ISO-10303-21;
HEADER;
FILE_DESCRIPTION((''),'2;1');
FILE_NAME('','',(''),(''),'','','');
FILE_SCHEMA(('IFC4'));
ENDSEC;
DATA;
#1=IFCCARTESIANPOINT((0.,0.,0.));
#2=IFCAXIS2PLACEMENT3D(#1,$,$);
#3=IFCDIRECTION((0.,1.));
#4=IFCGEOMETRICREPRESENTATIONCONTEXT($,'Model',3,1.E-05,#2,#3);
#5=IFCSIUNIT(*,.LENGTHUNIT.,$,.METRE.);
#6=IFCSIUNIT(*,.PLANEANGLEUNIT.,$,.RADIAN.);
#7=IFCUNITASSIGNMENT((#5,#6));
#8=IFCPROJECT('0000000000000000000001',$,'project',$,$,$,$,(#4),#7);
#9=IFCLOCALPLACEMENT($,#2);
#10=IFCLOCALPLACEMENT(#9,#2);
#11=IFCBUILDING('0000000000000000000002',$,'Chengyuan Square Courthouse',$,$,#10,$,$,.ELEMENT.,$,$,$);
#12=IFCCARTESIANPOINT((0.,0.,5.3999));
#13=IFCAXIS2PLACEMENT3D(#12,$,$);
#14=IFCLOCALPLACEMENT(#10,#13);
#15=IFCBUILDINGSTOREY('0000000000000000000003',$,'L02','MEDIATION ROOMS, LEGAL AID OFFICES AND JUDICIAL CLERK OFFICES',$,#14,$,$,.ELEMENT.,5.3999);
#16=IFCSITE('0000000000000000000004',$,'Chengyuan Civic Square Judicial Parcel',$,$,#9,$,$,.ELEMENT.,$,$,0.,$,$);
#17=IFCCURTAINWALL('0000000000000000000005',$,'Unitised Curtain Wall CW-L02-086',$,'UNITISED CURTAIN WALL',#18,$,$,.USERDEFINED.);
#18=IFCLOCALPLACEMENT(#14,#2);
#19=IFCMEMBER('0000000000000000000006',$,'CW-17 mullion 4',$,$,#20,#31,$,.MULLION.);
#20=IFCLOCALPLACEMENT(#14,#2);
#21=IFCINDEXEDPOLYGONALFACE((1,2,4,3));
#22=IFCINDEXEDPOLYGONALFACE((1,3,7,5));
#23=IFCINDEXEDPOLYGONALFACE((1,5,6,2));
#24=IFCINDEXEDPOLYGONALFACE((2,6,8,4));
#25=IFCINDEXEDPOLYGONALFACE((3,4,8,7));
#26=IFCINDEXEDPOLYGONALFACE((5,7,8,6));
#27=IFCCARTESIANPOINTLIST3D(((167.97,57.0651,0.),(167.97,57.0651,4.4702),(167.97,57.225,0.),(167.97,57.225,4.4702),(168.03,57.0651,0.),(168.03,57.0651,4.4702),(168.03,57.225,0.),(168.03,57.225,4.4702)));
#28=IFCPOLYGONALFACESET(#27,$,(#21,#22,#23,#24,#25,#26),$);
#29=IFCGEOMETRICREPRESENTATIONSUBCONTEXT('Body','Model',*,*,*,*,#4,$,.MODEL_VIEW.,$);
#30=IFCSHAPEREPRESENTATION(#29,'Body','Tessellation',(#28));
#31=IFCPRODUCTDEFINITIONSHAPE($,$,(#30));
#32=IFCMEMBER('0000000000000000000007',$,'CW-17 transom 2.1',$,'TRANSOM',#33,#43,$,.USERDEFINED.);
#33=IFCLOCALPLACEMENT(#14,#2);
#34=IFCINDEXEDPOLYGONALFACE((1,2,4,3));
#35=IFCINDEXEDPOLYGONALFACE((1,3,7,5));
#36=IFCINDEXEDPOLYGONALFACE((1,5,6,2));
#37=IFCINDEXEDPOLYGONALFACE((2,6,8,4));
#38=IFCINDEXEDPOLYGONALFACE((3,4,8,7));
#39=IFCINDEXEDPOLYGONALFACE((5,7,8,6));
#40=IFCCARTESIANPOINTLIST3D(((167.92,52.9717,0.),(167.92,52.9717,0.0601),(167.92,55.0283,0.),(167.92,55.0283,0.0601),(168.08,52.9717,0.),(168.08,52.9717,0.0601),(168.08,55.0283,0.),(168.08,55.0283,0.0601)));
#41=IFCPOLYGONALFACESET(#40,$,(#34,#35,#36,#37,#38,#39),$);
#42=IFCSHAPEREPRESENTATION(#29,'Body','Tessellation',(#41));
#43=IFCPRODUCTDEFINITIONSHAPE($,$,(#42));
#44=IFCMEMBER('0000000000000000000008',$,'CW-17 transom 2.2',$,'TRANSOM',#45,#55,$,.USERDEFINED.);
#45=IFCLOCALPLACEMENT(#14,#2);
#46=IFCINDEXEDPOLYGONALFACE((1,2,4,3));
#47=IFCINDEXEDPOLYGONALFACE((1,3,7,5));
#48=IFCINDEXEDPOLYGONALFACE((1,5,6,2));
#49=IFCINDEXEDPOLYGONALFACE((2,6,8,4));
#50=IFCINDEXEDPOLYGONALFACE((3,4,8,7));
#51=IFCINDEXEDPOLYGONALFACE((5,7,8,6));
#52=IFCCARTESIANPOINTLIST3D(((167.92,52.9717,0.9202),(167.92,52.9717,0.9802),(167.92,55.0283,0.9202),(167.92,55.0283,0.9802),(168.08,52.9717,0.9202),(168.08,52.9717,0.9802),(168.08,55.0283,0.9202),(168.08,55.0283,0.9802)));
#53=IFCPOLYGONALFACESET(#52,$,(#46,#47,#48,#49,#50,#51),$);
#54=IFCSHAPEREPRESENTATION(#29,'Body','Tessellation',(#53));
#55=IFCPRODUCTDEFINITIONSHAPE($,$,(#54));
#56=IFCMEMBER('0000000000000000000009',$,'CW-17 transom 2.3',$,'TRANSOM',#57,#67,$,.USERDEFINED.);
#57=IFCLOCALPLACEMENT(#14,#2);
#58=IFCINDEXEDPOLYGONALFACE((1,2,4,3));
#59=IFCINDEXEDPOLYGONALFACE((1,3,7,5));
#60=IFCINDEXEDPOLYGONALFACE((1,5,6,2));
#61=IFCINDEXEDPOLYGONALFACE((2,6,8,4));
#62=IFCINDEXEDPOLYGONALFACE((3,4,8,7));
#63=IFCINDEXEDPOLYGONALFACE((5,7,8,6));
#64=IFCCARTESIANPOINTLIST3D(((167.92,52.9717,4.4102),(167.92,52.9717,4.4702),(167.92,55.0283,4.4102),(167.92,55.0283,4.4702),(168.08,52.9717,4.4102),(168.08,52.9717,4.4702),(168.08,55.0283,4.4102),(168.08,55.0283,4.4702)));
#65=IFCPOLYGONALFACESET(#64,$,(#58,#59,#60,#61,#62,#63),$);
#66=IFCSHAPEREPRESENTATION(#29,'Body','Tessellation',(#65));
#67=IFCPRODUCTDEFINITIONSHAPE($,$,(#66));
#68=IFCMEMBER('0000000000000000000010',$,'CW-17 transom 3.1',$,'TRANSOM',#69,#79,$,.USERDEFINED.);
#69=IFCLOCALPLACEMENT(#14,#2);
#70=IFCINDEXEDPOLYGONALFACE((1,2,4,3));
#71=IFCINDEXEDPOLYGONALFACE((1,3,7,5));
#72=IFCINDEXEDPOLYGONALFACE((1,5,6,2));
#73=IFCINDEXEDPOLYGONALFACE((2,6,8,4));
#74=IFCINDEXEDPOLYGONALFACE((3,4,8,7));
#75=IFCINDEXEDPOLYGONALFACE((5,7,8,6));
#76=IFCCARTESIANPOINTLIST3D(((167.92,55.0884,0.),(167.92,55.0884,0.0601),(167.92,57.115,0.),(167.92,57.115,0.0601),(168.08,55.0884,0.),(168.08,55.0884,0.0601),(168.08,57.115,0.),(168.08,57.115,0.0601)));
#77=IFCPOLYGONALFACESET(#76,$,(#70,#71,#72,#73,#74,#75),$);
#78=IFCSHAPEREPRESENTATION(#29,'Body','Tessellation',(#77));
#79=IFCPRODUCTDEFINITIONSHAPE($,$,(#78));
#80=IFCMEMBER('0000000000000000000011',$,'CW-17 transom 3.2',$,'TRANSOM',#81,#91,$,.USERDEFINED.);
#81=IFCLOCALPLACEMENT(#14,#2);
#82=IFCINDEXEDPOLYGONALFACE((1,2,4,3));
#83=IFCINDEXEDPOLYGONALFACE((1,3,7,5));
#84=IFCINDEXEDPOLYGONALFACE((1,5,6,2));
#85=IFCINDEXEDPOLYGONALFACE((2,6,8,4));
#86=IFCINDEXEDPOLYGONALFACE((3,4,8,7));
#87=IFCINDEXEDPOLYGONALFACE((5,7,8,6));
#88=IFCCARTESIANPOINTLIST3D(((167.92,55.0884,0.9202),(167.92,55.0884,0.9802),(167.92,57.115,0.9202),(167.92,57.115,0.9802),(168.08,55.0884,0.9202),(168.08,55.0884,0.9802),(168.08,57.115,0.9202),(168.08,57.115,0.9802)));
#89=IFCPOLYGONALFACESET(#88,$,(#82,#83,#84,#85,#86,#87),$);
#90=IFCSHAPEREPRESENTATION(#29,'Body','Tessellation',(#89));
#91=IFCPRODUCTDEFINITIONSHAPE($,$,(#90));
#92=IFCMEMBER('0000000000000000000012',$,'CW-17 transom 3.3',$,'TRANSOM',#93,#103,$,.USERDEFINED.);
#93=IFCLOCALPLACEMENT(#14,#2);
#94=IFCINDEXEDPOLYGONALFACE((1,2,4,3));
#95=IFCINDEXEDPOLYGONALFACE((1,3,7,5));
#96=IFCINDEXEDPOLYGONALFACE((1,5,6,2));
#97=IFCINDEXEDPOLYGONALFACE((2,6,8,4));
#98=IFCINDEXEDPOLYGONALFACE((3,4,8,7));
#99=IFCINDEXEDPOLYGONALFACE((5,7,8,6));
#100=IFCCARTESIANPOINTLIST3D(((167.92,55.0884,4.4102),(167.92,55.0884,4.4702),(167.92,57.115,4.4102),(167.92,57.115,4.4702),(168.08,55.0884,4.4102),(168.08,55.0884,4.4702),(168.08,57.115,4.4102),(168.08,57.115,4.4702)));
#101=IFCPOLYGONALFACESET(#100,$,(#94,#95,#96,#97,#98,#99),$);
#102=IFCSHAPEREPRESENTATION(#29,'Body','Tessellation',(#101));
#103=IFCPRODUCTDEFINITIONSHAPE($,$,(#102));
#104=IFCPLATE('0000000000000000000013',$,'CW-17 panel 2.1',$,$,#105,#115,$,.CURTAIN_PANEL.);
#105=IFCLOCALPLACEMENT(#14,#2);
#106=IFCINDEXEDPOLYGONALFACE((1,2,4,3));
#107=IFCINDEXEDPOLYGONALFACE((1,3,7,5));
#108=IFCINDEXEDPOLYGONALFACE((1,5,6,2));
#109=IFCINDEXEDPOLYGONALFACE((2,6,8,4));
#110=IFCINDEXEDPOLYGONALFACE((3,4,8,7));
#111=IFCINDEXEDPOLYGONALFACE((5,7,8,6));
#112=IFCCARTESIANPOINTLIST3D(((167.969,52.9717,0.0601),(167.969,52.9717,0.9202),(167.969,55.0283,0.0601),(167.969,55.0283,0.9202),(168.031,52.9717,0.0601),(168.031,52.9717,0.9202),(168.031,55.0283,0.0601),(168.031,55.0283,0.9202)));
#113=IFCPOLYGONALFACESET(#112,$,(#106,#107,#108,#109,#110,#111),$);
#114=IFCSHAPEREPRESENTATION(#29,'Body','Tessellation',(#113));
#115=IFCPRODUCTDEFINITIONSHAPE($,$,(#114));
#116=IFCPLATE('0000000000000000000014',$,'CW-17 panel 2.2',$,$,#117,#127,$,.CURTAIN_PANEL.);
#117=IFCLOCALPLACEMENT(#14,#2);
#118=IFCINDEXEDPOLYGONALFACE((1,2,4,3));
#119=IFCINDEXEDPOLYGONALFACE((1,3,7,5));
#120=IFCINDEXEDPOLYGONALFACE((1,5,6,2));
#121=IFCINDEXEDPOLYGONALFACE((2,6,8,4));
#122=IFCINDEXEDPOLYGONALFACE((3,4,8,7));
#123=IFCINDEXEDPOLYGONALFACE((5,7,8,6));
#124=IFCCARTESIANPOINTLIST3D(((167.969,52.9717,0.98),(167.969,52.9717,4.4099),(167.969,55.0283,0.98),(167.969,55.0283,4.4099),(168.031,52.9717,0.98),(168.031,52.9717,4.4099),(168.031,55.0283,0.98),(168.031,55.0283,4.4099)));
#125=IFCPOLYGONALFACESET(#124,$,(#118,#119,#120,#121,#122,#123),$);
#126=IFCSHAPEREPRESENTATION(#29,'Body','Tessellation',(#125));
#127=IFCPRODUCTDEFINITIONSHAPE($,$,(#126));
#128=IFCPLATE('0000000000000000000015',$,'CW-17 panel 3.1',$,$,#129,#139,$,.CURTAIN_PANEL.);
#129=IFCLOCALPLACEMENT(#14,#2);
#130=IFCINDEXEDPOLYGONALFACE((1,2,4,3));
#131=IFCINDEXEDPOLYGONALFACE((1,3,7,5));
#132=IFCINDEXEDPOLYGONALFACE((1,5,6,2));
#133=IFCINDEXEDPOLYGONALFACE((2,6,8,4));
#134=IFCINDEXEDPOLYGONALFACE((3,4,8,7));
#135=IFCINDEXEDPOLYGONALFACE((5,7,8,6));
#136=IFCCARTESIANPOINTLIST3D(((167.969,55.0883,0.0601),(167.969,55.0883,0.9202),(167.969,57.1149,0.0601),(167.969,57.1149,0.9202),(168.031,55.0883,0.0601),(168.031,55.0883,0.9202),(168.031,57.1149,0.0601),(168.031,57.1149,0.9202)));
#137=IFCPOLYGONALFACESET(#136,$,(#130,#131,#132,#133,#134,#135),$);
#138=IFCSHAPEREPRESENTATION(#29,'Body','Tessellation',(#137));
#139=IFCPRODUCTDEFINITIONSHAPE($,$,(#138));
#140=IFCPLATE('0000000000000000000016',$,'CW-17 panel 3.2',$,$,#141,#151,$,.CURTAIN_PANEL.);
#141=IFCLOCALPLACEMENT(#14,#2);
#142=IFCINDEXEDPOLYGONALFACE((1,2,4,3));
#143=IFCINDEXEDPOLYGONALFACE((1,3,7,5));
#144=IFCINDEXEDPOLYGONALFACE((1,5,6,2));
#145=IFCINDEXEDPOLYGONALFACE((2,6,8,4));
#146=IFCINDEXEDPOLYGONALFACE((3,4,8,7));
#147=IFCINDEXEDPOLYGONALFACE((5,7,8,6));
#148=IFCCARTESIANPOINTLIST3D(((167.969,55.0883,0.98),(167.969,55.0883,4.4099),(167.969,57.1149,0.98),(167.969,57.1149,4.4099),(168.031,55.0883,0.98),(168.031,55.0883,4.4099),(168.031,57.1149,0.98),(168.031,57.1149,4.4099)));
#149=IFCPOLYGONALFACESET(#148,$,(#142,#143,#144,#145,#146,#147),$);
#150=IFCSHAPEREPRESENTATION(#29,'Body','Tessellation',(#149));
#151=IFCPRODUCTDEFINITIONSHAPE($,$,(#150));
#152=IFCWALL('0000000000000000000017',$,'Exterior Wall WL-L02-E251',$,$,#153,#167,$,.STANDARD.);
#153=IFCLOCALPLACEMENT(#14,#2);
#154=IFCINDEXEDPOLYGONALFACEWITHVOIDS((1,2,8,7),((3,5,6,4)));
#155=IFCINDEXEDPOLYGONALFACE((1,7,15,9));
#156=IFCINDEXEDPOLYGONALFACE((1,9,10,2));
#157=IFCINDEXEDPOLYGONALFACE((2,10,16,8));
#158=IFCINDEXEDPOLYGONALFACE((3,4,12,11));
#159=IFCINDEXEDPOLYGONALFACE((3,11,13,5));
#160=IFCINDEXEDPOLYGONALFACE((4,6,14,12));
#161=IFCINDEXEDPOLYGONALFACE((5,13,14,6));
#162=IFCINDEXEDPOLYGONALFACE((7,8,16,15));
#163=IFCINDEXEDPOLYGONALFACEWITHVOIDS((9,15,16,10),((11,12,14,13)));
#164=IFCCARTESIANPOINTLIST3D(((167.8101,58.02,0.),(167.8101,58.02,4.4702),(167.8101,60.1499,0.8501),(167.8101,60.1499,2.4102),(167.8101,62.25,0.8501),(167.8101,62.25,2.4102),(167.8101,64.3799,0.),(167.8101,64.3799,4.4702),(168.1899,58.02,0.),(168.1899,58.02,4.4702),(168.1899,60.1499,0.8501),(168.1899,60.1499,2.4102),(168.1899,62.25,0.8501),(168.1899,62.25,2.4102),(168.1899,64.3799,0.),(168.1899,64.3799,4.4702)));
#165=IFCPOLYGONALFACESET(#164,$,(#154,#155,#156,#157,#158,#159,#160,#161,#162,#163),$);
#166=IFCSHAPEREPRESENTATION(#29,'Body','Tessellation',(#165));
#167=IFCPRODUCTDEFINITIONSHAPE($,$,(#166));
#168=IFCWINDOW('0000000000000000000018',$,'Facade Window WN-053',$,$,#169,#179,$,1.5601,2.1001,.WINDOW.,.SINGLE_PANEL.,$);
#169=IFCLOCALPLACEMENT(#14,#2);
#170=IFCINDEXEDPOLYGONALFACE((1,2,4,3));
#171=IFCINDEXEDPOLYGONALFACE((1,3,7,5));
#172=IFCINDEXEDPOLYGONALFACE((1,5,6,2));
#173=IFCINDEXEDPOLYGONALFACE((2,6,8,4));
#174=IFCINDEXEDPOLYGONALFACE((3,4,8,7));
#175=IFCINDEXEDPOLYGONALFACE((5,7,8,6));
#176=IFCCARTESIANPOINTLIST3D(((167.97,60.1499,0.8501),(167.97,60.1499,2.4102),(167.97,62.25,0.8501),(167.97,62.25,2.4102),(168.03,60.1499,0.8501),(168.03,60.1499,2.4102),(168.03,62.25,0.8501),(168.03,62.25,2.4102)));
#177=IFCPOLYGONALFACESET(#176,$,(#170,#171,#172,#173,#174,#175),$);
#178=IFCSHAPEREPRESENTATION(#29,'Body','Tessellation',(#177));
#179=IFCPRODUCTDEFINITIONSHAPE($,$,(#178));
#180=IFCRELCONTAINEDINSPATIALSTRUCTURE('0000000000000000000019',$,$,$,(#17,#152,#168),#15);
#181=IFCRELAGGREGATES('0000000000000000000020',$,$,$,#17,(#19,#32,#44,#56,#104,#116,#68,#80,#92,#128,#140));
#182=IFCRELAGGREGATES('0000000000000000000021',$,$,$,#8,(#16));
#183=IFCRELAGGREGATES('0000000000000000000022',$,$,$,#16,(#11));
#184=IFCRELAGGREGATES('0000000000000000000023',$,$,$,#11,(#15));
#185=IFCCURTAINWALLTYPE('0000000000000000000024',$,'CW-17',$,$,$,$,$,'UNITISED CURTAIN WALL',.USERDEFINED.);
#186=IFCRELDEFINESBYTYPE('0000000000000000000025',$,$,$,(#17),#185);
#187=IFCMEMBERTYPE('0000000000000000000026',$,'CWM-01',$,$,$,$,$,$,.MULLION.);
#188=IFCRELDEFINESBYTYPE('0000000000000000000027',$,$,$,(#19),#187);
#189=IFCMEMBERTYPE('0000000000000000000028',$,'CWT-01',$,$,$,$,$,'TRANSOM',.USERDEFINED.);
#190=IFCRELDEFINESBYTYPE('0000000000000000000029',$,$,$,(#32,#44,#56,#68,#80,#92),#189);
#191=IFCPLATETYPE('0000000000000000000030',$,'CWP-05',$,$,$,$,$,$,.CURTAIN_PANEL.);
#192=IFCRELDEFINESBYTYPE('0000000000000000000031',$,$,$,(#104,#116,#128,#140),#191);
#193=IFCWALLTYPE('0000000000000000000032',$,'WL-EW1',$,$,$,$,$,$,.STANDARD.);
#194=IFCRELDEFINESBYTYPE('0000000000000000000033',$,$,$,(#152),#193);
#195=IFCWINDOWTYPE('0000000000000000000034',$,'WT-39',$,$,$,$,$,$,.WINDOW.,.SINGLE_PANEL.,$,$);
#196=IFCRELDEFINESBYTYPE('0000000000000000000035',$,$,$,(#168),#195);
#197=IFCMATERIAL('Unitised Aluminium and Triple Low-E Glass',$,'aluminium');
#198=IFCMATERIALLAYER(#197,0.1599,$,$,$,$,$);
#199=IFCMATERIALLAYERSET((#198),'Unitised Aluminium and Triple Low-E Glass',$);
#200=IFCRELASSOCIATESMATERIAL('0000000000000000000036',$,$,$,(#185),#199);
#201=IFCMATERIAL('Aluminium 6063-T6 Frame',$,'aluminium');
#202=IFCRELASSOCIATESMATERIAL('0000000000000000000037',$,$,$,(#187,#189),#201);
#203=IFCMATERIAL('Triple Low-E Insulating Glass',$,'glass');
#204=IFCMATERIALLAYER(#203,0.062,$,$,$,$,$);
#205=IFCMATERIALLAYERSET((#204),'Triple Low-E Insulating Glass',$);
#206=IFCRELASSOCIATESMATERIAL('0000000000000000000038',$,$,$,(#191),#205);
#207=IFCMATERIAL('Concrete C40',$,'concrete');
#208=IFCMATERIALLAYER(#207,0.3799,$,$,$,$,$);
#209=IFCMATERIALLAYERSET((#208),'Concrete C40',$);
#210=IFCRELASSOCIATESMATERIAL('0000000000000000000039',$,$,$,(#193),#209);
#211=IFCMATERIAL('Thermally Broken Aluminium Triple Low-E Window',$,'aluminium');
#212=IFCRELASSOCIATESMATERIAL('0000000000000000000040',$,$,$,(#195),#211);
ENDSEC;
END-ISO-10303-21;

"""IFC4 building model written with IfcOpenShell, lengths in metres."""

from ifc_helpers import new_model, si_unit, direction, frame, frame_2d, origin, origin_2d, place, context, subcontext, project, spatial, rectangle, extrude, material, layer, layer_set, material_profile, profile_set, type_object, element, fill, aggregate, save


model = new_model("IFC4")

# Units and contexts
model_context = context("Model", 3, precision=1e-05, world=origin(), true_north=direction((0.0, 1.0)))
body_context = subcontext(model_context, "Body", "Model", "MODEL_VIEW")
ifc_project = project(units=[si_unit("LENGTHUNIT", "METRE"), si_unit("PLANEANGLEUNIT", "RADIAN")], contexts=[model_context])

# Site, building, storey
site_placement = place(None, origin())
site = spatial("IfcSite", under=ifc_project, at=site_placement, Name="Chengyuan Civic Square Judicial Parcel", CompositionType="ELEMENT", RefElevation=0.0)
building_placement = place(site_placement, origin())
building = spatial("IfcBuilding", under=site, at=building_placement, Name="Chengyuan Square Courthouse", CompositionType="ELEMENT")
storey_placement = place(building_placement, frame((0.0, 0.0, 5.3999)))
storey = spatial("IfcBuildingStorey", under=building, at=storey_placement, Name="L02", Description="MEDIATION ROOMS, LEGAL AID OFFICES AND JUDICIAL CLERK OFFICES", CompositionType="ELEMENT", Elevation=5.3999)

# Shared definitions
ifc_material_1 = material(Name="Concrete C40", Category="concrete")

# Curtain wall, members, plates
ifc_material_2 = material(Name="Unitised Aluminium and Triple Low-E Glass", Category="aluminium")
ifc_layer_1 = layer(ifc_material_2, 0.1599)
ifc_layer_set_1 = layer_set([ifc_layer_1], Name="Unitised Aluminium and Triple Low-E Glass")
curtain_wall_type = type_object("IfcCurtainWallType", Name="CW-17", ElementType="UNITISED CURTAIN WALL", PredefinedType="USERDEFINED", material=ifc_layer_set_1)
curtain_wall_placement = place(storey_placement, origin())
curtain_wall = element("IfcCurtainWall", 1, at=curtain_wall_placement, inside=storey, type_object=curtain_wall_type, Name="Unitised Curtain Wall CW-L02-086", ObjectType="UNITISED CURTAIN WALL", PredefinedType="USERDEFINED")
ifc_material_3 = material(Name="Aluminium 6063-T6 Frame", Category="aluminium")
ifc_material_profile_1 = material_profile(ifc_material_3, rectangle(XDim=0.0601, YDim=0.1599, at=origin_2d()), Name="CW-MUL-60x160")
ifc_profile_set_1 = profile_set([ifc_material_profile_1], Name="Aluminium 6063-T6 Frame")
member_type_1 = type_object("IfcMemberType", Name="CWM-01", PredefinedType="MULLION", material=ifc_profile_set_1)
member_1_placement = place(storey_placement, frame((168.0, 57.145, 0.0), z_axis=(0.0, 0.0, 1.0), x_axis=(-1.0, 0.0, 0.0)))
member_1 = element("IfcMember", 2, at=member_1_placement, type_object=member_type_1, Name="CW-17 mullion 4", PredefinedType="MULLION", context=body_context, shape_type="SweptSolid", body=[
    extrude(rectangle(XDim=0.0601, YDim=0.1599, at=origin_2d()), origin(), (0.0, 0.0, 1.0), 4.4702),
])
ifc_material_profile_2 = material_profile(ifc_material_3, rectangle(XDim=0.1599, YDim=0.0601, at=origin_2d()), Name="CW-TRN-60x120")
ifc_profile_set_2 = profile_set([ifc_material_profile_2], Name="Aluminium 6063-T6 Frame")
member_type_2 = type_object("IfcMemberType", Name="CWT-01", ElementType="TRANSOM", PredefinedType="USERDEFINED", material=ifc_profile_set_2)
member_2_placement = place(storey_placement, frame((168.0, 52.9717, 0.03), z_axis=(0.0, 1.0, 0.0), x_axis=(-1.0, 0.0, 0.0)))
member_2 = element("IfcMember", 3, at=member_2_placement, type_object=member_type_2, Name="CW-17 transom 2.1", ObjectType="TRANSOM", PredefinedType="USERDEFINED", context=body_context, shape_type="SweptSolid", body=[
    extrude(rectangle(XDim=0.1599, YDim=0.0601, at=origin_2d()), origin(), (0.0, 0.0, 1.0), 2.0566),
])
member_3_placement = place(storey_placement, frame((168.0, 52.9717, 0.9502), z_axis=(0.0, 1.0, 0.0), x_axis=(-1.0, 0.0, 0.0)))
member_3 = element("IfcMember", 4, at=member_3_placement, type_object=member_type_2, Name="CW-17 transom 2.2", ObjectType="TRANSOM", PredefinedType="USERDEFINED", context=body_context, shape_type="SweptSolid", body=[
    extrude(rectangle(XDim=0.1599, YDim=0.0601, at=origin_2d()), origin(), (0.0, 0.0, 1.0), 2.0566),
])
member_4_placement = place(storey_placement, frame((168.0, 52.9717, 4.4402), z_axis=(0.0, 1.0, 0.0), x_axis=(-1.0, 0.0, 0.0)))
member_4 = element("IfcMember", 5, at=member_4_placement, type_object=member_type_2, Name="CW-17 transom 2.3", ObjectType="TRANSOM", PredefinedType="USERDEFINED", context=body_context, shape_type="SweptSolid", body=[
    extrude(rectangle(XDim=0.1599, YDim=0.0601, at=origin_2d()), origin(), (0.0, 0.0, 1.0), 2.0566),
])
member_5_placement = place(storey_placement, frame((168.0, 55.0884, 0.03), z_axis=(0.0, 1.0, 0.0), x_axis=(-1.0, 0.0, 0.0)))
member_5 = element("IfcMember", 6, at=member_5_placement, type_object=member_type_2, Name="CW-17 transom 3.1", ObjectType="TRANSOM", PredefinedType="USERDEFINED", context=body_context, shape_type="SweptSolid", body=[
    extrude(rectangle(XDim=0.1599, YDim=0.0601, at=origin_2d()), origin(), (0.0, 0.0, 1.0), 2.0266),
])
member_6_placement = place(storey_placement, frame((168.0, 55.0884, 0.9502), z_axis=(0.0, 1.0, 0.0), x_axis=(-1.0, 0.0, 0.0)))
member_6 = element("IfcMember", 7, at=member_6_placement, type_object=member_type_2, Name="CW-17 transom 3.2", ObjectType="TRANSOM", PredefinedType="USERDEFINED", context=body_context, shape_type="SweptSolid", body=[
    extrude(rectangle(XDim=0.1599, YDim=0.0601, at=origin_2d()), origin(), (0.0, 0.0, 1.0), 2.0266),
])
member_7_placement = place(storey_placement, frame((168.0, 55.0884, 4.4402), z_axis=(0.0, 1.0, 0.0), x_axis=(-1.0, 0.0, 0.0)))
member_7 = element("IfcMember", 8, at=member_7_placement, type_object=member_type_2, Name="CW-17 transom 3.3", ObjectType="TRANSOM", PredefinedType="USERDEFINED", context=body_context, shape_type="SweptSolid", body=[
    extrude(rectangle(XDim=0.1599, YDim=0.0601, at=origin_2d()), origin(), (0.0, 0.0, 1.0), 2.0266),
])
ifc_material_4 = material(Name="Triple Low-E Insulating Glass", Category="glass")
ifc_layer_2 = layer(ifc_material_4, 0.062)
ifc_layer_set_2 = layer_set([ifc_layer_2], Name="Triple Low-E Insulating Glass")
plate_type = type_object("IfcPlateType", Name="CWP-05", PredefinedType="CURTAIN_PANEL", material=ifc_layer_set_2)
plate_1_placement = place(storey_placement, frame((168.0, 54.0, 0.0601), z_axis=(0.0, 0.0, 1.0), x_axis=(0.0, 1.0, 0.0)))
plate_1 = element("IfcPlate", 9, at=plate_1_placement, type_object=plate_type, Name="CW-17 panel 2.1", PredefinedType="CURTAIN_PANEL", context=body_context, shape_type="SweptSolid", body=[
    extrude(rectangle(XDim=2.0566, YDim=0.062, at=origin_2d()), origin(), (0.0, 0.0, 1.0), 0.8601),
])
plate_2_placement = place(storey_placement, frame((168.0, 54.0, 0.98), z_axis=(0.0, 0.0, 1.0), x_axis=(0.0, 1.0, 0.0)))
plate_2 = element("IfcPlate", 10, at=plate_2_placement, type_object=plate_type, Name="CW-17 panel 2.2", PredefinedType="CURTAIN_PANEL", context=body_context, shape_type="SweptSolid", body=[
    extrude(rectangle(XDim=2.0566, YDim=0.062, at=origin_2d()), origin(), (0.0, 0.0, 1.0), 3.4299),
])
plate_3_placement = place(storey_placement, frame((168.0, 56.1016, 0.0601), z_axis=(0.0, 0.0, 1.0), x_axis=(0.0, 1.0, 0.0)))
plate_3 = element("IfcPlate", 11, at=plate_3_placement, type_object=plate_type, Name="CW-17 panel 3.1", PredefinedType="CURTAIN_PANEL", context=body_context, shape_type="SweptSolid", body=[
    extrude(rectangle(XDim=2.0266, YDim=0.062, at=origin_2d()), origin(), (0.0, 0.0, 1.0), 0.8601),
])
plate_4_placement = place(storey_placement, frame((168.0, 56.1016, 0.98), z_axis=(0.0, 0.0, 1.0), x_axis=(0.0, 1.0, 0.0)))
plate_4 = element("IfcPlate", 12, at=plate_4_placement, type_object=plate_type, Name="CW-17 panel 3.2", PredefinedType="CURTAIN_PANEL", context=body_context, shape_type="SweptSolid", body=[
    extrude(rectangle(XDim=2.0266, YDim=0.062, at=origin_2d()), origin(), (0.0, 0.0, 1.0), 3.4299),
])
aggregate(curtain_wall, [member_1, member_2, member_3, member_4, plate_1, plate_2, member_5, member_6, member_7, plate_3, plate_4])

# Wall, opening, window
ifc_layer_3 = layer(ifc_material_1, 0.3799)
ifc_layer_set_3 = layer_set([ifc_layer_3], Name="Concrete C40")
wall_type_1 = type_object("IfcWallType", Name="WL-EW1", PredefinedType="STANDARD", material=ifc_layer_set_3)
wall_placement = place(storey_placement, frame((168.0, 58.02, 0.0), z_axis=(0.0, 0.0, 1.0), x_axis=(0.0, 1.0, 0.0)))
wall = element("IfcWall", 13, at=wall_placement, inside=storey, type_object=wall_type_1, Name="Exterior Wall WL-L02-E251", PredefinedType="STANDARD", context=body_context, shape_type="SweptSolid", body=[
    extrude(rectangle(XDim=6.3599, YDim=0.3799, at=frame_2d((3.1799, 0.0))), origin(), (0.0, 0.0, 1.0), 4.4702),
])
opening_placement = place(wall_placement, frame((2.1299, 0.0, 0.8501)))
opening = element("IfcOpeningElement", 14, at=opening_placement, cuts=wall, PredefinedType="OPENING", context=body_context, shape_type="SweptSolid", body=[
    extrude(rectangle(XDim=2.1001, YDim=1.5601, at=frame_2d((1.05, 0.78))), frame((0.0, 0.2019, 0.0), z_axis=(0.0, -1.0, 0.0), x_axis=(1.0, 0.0, 0.0)), (0.0, 0.0, 1.0), 0.4038),
])
ifc_material_5 = material(Name="Thermally Broken Aluminium Triple Low-E Window", Category="aluminium")
window_type = type_object("IfcWindowType", Name="WT-39", PartitioningType="SINGLE_PANEL", PredefinedType="WINDOW", material=ifc_material_5)
window_placement = place(opening_placement, origin())
window = element("IfcWindow", 15, at=window_placement, inside=storey, type_object=window_type, Name="Facade Window WN-053", OverallHeight=1.5601, OverallWidth=2.1001, PartitioningType="SINGLE_PANEL", PredefinedType="WINDOW", context=body_context, shape_type="SweptSolid", body=[
    extrude(rectangle(XDim=2.1001, YDim=1.5601, at=frame_2d((1.05, 0.78))), frame((0.0, 0.03, 0.0), z_axis=(0.0, -1.0, 0.0), x_axis=(1.0, 0.0, 0.0)), (0.0, 0.0, 1.0), 0.0601),
])
fill(opening, window)

save(model, "model.ifc")
